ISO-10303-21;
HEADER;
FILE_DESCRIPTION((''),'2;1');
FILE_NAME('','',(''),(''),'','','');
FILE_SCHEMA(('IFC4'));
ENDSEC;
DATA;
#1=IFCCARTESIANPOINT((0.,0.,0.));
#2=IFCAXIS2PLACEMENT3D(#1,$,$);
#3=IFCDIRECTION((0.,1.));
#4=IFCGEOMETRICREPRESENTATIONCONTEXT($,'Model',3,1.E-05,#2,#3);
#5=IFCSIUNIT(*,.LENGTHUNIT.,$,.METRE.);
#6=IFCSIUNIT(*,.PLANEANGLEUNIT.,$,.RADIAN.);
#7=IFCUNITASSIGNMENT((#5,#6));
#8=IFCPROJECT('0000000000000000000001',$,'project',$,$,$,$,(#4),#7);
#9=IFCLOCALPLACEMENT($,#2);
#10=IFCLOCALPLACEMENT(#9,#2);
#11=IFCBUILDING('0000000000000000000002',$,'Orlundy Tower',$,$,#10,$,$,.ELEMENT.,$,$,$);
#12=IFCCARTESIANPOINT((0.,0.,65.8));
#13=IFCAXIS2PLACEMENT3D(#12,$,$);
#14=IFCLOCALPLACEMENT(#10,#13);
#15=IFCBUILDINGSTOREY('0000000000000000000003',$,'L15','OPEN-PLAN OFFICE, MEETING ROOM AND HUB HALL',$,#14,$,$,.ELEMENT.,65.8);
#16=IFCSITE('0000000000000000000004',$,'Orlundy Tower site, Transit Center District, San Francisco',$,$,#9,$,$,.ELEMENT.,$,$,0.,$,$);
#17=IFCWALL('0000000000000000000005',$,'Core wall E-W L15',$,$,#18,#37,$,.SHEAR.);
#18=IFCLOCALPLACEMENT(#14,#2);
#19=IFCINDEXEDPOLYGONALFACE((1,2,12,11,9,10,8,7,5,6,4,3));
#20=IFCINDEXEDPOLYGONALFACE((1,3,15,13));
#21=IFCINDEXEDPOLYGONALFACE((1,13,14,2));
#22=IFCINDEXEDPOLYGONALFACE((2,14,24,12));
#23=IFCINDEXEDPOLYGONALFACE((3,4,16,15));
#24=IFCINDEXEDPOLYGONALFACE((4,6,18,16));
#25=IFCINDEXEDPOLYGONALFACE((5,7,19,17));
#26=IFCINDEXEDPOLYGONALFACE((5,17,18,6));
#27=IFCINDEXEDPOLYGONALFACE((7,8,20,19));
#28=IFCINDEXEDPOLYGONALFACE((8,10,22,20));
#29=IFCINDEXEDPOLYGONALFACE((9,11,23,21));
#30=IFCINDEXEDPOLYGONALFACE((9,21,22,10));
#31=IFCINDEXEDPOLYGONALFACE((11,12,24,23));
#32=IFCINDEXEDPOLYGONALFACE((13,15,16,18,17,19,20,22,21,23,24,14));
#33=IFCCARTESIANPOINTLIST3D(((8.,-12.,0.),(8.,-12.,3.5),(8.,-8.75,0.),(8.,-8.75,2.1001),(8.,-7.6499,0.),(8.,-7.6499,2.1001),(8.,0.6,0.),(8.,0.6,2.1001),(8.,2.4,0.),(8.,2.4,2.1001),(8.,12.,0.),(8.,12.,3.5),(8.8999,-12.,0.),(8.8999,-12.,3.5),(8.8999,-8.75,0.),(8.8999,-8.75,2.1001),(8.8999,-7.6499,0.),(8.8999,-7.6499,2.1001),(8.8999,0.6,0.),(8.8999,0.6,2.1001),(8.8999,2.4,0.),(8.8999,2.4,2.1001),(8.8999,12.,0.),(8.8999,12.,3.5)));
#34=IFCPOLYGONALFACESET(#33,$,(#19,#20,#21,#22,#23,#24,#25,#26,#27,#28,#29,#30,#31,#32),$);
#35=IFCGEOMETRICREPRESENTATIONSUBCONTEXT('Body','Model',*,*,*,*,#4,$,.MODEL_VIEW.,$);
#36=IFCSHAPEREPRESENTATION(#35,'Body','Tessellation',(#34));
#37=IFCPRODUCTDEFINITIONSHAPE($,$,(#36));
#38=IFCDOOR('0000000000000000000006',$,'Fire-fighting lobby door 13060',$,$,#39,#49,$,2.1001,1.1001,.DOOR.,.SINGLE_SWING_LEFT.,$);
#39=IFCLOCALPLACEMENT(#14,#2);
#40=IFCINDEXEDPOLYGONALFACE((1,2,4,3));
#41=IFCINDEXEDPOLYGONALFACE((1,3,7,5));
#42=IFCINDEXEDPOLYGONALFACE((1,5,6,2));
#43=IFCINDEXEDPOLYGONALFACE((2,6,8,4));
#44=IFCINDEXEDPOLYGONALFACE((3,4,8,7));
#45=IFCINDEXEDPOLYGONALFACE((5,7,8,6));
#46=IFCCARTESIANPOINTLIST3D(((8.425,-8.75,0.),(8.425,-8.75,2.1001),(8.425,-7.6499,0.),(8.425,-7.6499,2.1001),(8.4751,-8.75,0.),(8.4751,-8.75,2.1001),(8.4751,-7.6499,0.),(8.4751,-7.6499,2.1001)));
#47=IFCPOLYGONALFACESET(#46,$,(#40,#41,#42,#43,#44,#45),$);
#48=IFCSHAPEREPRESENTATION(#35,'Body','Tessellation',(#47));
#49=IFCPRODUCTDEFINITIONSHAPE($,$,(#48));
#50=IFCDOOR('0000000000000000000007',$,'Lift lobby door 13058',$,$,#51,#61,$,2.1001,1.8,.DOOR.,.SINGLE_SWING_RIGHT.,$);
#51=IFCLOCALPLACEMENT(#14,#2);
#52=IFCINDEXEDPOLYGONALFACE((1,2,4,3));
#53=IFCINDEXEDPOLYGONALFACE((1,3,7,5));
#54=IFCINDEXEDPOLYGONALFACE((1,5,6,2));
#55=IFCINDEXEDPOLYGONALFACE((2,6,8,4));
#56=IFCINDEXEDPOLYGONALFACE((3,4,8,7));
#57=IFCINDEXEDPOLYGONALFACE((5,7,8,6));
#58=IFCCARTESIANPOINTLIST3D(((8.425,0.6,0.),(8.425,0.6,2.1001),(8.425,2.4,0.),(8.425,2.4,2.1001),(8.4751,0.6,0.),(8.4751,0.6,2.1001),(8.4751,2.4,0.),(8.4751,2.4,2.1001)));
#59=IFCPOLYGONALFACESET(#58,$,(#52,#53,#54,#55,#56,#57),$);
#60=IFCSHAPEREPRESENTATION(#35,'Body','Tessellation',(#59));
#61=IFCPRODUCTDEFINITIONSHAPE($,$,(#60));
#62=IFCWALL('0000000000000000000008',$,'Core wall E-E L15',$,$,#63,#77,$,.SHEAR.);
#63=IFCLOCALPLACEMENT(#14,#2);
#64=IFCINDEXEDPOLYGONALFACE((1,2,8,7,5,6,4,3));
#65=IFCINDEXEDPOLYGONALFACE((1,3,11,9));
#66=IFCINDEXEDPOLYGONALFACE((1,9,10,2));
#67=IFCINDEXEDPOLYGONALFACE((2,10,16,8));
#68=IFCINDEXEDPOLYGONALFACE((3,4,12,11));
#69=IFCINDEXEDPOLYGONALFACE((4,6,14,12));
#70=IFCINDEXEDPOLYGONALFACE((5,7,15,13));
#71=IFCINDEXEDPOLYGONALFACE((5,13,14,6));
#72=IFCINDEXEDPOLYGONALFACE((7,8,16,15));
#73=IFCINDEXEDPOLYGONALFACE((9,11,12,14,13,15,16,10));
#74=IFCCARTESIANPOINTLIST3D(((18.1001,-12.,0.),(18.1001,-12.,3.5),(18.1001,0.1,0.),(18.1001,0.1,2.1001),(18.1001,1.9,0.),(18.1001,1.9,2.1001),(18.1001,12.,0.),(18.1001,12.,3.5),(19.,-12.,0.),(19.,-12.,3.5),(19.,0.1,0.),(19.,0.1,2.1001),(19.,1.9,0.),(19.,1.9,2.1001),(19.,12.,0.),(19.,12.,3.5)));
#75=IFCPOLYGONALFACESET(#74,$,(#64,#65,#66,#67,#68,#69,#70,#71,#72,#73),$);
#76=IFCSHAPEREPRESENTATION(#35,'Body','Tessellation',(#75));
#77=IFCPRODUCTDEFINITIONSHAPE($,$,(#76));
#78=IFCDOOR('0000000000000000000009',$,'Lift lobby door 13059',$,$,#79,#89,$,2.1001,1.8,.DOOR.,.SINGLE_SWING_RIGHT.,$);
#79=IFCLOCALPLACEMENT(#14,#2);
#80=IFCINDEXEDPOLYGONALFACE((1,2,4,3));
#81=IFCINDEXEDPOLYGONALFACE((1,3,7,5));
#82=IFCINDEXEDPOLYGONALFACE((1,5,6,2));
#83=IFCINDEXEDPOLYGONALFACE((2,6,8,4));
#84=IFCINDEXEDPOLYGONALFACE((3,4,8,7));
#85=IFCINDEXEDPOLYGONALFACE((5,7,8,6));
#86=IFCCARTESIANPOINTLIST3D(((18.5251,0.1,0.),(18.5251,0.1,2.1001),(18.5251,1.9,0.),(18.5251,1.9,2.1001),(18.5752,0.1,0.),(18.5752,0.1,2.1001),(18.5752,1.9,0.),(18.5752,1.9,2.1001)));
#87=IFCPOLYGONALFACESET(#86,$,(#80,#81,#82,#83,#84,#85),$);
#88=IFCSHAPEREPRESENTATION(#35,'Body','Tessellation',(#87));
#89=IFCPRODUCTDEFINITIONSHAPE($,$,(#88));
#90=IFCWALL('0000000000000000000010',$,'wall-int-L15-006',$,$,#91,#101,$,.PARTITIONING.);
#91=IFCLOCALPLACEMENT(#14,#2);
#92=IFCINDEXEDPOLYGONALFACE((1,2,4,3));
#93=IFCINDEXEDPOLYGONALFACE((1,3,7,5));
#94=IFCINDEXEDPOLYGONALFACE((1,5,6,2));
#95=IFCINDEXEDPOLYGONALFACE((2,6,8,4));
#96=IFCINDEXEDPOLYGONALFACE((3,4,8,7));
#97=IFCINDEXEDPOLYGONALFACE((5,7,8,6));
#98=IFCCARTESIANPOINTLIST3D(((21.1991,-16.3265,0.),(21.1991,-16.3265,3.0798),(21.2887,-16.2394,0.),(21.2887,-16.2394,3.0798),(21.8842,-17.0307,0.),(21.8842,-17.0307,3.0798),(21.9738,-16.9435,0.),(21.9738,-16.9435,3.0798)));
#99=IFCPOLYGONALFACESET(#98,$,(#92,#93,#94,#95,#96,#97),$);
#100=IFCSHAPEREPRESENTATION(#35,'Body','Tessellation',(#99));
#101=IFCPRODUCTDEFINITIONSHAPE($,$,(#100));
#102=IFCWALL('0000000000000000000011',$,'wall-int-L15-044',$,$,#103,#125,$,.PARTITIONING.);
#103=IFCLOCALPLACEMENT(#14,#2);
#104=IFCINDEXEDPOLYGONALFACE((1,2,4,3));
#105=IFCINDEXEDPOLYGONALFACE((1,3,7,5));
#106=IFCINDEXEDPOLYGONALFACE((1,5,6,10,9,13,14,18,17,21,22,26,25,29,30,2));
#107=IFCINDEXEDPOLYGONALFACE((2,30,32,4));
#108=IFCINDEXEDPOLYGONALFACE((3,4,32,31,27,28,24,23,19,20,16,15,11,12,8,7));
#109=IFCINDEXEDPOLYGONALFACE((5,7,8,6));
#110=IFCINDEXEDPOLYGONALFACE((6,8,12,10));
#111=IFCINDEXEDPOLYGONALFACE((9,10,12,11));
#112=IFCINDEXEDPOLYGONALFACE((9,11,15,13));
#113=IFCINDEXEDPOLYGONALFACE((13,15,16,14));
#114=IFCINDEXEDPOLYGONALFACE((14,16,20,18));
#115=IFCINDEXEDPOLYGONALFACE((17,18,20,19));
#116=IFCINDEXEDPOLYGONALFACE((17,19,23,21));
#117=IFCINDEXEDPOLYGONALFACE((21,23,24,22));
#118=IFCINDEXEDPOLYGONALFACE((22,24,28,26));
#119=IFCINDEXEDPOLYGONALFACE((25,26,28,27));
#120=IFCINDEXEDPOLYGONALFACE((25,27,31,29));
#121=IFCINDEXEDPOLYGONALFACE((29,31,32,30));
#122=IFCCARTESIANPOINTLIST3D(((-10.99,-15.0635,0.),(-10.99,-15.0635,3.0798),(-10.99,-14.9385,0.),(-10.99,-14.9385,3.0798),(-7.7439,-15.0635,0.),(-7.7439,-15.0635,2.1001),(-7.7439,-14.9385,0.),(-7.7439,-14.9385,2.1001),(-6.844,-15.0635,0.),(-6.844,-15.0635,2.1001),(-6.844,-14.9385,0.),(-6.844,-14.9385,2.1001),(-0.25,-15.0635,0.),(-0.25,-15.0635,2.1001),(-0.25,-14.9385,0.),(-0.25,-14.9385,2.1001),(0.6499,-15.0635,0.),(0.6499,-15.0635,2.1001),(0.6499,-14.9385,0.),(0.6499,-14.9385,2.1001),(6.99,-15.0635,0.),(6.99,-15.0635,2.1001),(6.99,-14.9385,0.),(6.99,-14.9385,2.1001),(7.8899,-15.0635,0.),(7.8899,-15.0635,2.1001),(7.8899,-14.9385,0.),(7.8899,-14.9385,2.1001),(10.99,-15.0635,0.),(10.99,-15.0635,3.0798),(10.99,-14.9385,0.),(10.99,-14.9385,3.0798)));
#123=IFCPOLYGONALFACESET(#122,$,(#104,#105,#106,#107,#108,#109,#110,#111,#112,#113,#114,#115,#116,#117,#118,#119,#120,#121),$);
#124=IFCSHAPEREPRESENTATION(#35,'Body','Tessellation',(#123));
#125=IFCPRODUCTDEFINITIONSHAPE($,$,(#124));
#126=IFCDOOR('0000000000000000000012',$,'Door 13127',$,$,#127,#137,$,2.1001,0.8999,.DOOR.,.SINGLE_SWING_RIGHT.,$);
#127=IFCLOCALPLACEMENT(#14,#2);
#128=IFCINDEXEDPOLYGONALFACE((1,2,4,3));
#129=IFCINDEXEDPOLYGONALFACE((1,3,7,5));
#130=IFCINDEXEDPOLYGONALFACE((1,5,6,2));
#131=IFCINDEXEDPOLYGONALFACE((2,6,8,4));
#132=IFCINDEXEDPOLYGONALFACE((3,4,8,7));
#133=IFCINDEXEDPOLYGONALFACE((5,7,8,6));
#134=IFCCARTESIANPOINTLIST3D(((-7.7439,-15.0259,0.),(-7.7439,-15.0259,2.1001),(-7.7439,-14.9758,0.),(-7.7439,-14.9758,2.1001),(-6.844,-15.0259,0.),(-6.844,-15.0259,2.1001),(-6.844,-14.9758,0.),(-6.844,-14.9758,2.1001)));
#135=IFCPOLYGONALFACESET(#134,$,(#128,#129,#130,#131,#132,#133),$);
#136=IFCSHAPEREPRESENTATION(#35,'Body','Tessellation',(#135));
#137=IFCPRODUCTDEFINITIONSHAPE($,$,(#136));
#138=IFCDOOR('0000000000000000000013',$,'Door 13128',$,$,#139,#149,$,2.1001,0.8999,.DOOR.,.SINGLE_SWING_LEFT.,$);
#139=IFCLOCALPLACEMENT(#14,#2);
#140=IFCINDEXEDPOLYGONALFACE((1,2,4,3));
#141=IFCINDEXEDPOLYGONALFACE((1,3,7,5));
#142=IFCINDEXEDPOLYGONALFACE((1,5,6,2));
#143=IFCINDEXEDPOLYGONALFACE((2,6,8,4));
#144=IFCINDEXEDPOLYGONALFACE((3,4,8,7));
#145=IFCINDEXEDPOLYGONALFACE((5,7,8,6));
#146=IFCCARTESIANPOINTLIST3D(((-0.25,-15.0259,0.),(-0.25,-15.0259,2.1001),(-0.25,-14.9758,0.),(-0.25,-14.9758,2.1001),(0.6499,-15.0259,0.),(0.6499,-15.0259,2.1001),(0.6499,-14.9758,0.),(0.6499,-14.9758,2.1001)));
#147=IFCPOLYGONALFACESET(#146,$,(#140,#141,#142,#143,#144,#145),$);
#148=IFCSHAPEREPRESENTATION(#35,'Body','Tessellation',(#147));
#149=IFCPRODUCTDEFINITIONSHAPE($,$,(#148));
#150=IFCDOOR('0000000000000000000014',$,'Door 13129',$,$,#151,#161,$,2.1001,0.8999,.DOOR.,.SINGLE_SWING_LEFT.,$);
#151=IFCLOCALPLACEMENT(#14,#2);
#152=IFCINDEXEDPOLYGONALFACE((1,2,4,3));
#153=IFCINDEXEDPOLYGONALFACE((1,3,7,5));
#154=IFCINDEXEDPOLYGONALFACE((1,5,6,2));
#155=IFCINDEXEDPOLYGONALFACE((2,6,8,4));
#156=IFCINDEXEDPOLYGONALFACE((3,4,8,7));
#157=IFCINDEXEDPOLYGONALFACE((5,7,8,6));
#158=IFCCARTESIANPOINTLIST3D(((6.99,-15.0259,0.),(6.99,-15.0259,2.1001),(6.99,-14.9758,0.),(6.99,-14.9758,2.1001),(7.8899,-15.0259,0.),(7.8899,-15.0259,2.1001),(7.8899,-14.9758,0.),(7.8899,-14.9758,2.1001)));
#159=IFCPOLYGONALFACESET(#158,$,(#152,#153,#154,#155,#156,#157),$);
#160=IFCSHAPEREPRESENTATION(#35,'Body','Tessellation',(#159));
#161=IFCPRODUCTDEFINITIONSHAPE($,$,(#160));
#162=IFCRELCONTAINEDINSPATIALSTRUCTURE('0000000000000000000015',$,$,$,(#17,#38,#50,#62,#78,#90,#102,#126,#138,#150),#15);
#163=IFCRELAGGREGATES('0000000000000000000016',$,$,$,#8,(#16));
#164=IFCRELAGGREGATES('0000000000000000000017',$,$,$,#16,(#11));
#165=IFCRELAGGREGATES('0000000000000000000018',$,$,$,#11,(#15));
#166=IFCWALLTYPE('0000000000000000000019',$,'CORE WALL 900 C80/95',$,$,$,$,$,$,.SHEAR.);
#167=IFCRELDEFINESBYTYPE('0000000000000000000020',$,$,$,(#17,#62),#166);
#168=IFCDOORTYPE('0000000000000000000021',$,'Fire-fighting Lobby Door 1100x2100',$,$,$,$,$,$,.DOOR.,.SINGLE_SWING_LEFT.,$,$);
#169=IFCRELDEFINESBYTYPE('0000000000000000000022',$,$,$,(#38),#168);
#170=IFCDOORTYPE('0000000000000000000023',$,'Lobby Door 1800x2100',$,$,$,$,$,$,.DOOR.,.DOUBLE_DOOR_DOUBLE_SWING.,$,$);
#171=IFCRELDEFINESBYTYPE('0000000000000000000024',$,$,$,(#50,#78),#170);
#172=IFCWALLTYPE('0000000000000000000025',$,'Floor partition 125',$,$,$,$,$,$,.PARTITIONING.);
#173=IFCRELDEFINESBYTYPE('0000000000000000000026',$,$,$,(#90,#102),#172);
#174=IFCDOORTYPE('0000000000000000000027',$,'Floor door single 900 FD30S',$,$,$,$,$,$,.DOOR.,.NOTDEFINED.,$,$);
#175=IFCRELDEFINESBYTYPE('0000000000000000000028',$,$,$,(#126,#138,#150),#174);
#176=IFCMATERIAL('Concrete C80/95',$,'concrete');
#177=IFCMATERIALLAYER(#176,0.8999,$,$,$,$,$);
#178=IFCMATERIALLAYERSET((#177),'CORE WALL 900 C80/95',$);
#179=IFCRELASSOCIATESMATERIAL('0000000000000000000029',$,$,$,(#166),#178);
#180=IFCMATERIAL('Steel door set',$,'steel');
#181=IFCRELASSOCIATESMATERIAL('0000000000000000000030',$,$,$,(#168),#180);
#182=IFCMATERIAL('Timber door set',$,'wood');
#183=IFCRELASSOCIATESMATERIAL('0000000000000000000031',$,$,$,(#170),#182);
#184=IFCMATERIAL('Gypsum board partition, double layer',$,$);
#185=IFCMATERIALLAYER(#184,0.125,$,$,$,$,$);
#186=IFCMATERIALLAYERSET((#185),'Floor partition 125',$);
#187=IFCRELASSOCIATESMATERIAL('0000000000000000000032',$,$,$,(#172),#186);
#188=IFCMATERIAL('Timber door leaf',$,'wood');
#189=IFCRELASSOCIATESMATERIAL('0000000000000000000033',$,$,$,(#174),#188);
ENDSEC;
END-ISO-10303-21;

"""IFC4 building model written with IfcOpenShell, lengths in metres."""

from ifc_helpers import new_model, si_unit, direction, frame, frame_2d, origin, place, context, subcontext, project, spatial, rectangle, extrude, material, layer, layer_set, type_object, element, fill, save


model = new_model("IFC4")

# Units and contexts
model_context = context("Model", 3, precision=1e-05, world=origin(), true_north=direction((0.0, 1.0)))
body_context = subcontext(model_context, "Body", "Model", "MODEL_VIEW")
ifc_project = project(units=[si_unit("LENGTHUNIT", "METRE"), si_unit("PLANEANGLEUNIT", "RADIAN")], contexts=[model_context])

# Site, building, storey
site_placement = place(None, origin())
site = spatial("IfcSite", under=ifc_project, at=site_placement, Name="Orlundy Tower site, Transit Center District, San Francisco", CompositionType="ELEMENT", RefElevation=0.0)
building_placement = place(site_placement, origin())
building = spatial("IfcBuilding", under=site, at=building_placement, Name="Orlundy Tower", CompositionType="ELEMENT")
storey_placement = place(building_placement, frame((0.0, 0.0, 65.8)))
storey = spatial("IfcBuildingStorey", under=building, at=storey_placement, Name="L15", Description="OPEN-PLAN OFFICE, MEETING ROOM AND HUB HALL", CompositionType="ELEMENT", Elevation=65.8)

# Shared definitions
ifc_material_1 = material(Name="Concrete C80/95", Category="concrete")
ifc_layer_1 = layer(ifc_material_1, 0.8999)
ifc_layer_set_1 = layer_set([ifc_layer_1], Name="CORE WALL 900 C80/95")
wall_type_1 = type_object("IfcWallType", Name="CORE WALL 900 C80/95", PredefinedType="SHEAR", material=ifc_layer_set_1)

# Wall, openings, doors
wall_1_placement = place(storey_placement, frame((8.45, -12.0, 0.0), z_axis=(0.0, 0.0, 1.0), x_axis=(0.0, 1.0, 0.0)))
wall_1 = element("IfcWall", 1, at=wall_1_placement, inside=storey, type_object=wall_type_1, Name="Core wall E-W L15", PredefinedType="SHEAR", context=body_context, shape_type="SweptSolid", body=[
    extrude(rectangle(XDim=24.0, YDim=0.8999, at=frame_2d((12.0, 0.0))), origin(), (0.0, 0.0, 1.0), 3.5),
])
opening_1_placement = place(wall_1_placement, frame((12.6001, 0.0, 0.0)))
opening_1 = element("IfcOpeningElement", 2, at=opening_1_placement, cuts=wall_1, PredefinedType="OPENING", context=body_context, shape_type="SweptSolid", body=[
    extrude(rectangle(XDim=1.8, YDim=2.1001, at=frame_2d((0.8999, 1.05))), frame((0.0, 0.46, 0.0), z_axis=(0.0, -1.0, 0.0), x_axis=(1.0, 0.0, 0.0)), (0.0, 0.0, 1.0), 0.9199),
])
opening_2_placement = place(wall_1_placement, frame((3.25, 0.0, 0.0)))
opening_2 = element("IfcOpeningElement", 3, at=opening_2_placement, cuts=wall_1, PredefinedType="OPENING", context=body_context, shape_type="SweptSolid", body=[
    extrude(rectangle(XDim=1.1001, YDim=2.1001, at=frame_2d((0.55, 1.05))), frame((0.0, 0.46, 0.0), z_axis=(0.0, -1.0, 0.0), x_axis=(1.0, 0.0, 0.0)), (0.0, 0.0, 1.0), 0.9199),
])
ifc_material_2 = material(Name="Steel door set", Category="steel")
door_type_1 = type_object("IfcDoorType", Name="Fire-fighting Lobby Door 1100x2100", OperationType="SINGLE_SWING_LEFT", PredefinedType="DOOR", material=ifc_material_2)
door_1_placement = place(opening_2_placement, origin())
door_1 = element("IfcDoor", 4, at=door_1_placement, inside=storey, type_object=door_type_1, Name="Fire-fighting lobby door 13060", OperationType="SINGLE_SWING_LEFT", OverallHeight=2.1001, OverallWidth=1.1001, PredefinedType="DOOR", context=body_context, shape_type="SweptSolid", body=[
    extrude(rectangle(XDim=1.1001, YDim=2.1001, at=frame_2d((0.55, 1.05))), frame((0.0, 0.0249, 0.0), z_axis=(0.0, -1.0, 0.0), x_axis=(1.0, 0.0, 0.0)), (0.0, 0.0, 1.0), 0.05),
])
fill(opening_2, door_1)
ifc_material_3 = material(Name="Timber door set", Category="wood")
door_type_2 = type_object("IfcDoorType", Name="Lobby Door 1800x2100", OperationType="DOUBLE_DOOR_DOUBLE_SWING", PredefinedType="DOOR", material=ifc_material_3)
door_2_placement = place(opening_1_placement, origin())
door_2 = element("IfcDoor", 5, at=door_2_placement, inside=storey, type_object=door_type_2, Name="Lift lobby door 13058", OperationType="SINGLE_SWING_RIGHT", OverallHeight=2.1001, OverallWidth=1.8, PredefinedType="DOOR", context=body_context, shape_type="SweptSolid", body=[
    extrude(rectangle(XDim=1.8, YDim=2.1001, at=frame_2d((0.8999, 1.05))), frame((0.0, 0.0249, 0.0), z_axis=(0.0, -1.0, 0.0), x_axis=(1.0, 0.0, 0.0)), (0.0, 0.0, 1.0), 0.05),
])
fill(opening_1, door_2)

# Wall, opening, door
wall_2_placement = place(storey_placement, frame((18.55, -12.0, 0.0), z_axis=(0.0, 0.0, 1.0), x_axis=(0.0, 1.0, 0.0)))
wall_2 = element("IfcWall", 6, at=wall_2_placement, inside=storey, type_object=wall_type_1, Name="Core wall E-E L15", PredefinedType="SHEAR", context=body_context, shape_type="SweptSolid", body=[
    extrude(rectangle(XDim=24.0, YDim=0.8999, at=frame_2d((12.0, 0.0))), origin(), (0.0, 0.0, 1.0), 3.5),
])
opening_3_placement = place(wall_2_placement, frame((12.1001, 0.0, 0.0)))
opening_3 = element("IfcOpeningElement", 7, at=opening_3_placement, cuts=wall_2, PredefinedType="OPENING", context=body_context, shape_type="SweptSolid", body=[
    extrude(rectangle(XDim=1.8, YDim=2.1001, at=frame_2d((0.8999, 1.05))), frame((0.0, 0.46, 0.0), z_axis=(0.0, -1.0, 0.0), x_axis=(1.0, 0.0, 0.0)), (0.0, 0.0, 1.0), 0.9199),
])
door_3_placement = place(opening_3_placement, origin())
door_3 = element("IfcDoor", 8, at=door_3_placement, inside=storey, type_object=door_type_2, Name="Lift lobby door 13059", OperationType="SINGLE_SWING_RIGHT", OverallHeight=2.1001, OverallWidth=1.8, PredefinedType="DOOR", context=body_context, shape_type="SweptSolid", body=[
    extrude(rectangle(XDim=1.8, YDim=2.1001, at=frame_2d((0.8999, 1.05))), frame((0.0, 0.0249, 0.0), z_axis=(0.0, -1.0, 0.0), x_axis=(1.0, 0.0, 0.0)), (0.0, 0.0, 1.0), 0.05),
])
fill(opening_3, door_3)

# Wall
ifc_material_4 = material(Name="Gypsum board partition, double layer")
ifc_layer_2 = layer(ifc_material_4, 0.125)
ifc_layer_set_2 = layer_set([ifc_layer_2], Name="Floor partition 125")
wall_type_2 = type_object("IfcWallType", Name="Floor partition 125", PredefinedType="PARTITIONING", material=ifc_layer_set_2)
wall_3_placement = place(storey_placement, frame((21.2439, -16.283, 0.0), z_axis=(0.0, 0.0, 1.0), x_axis=(0.697348, -0.716733, 0.0)))
element("IfcWall", 9, at=wall_3_placement, inside=storey, type_object=wall_type_2, Name="wall-int-L15-006", PredefinedType="PARTITIONING", context=body_context, shape_type="SweptSolid", body=[
    extrude(rectangle(XDim=0.9824, YDim=0.125, at=frame_2d((0.4912, 0.0))), origin(), (0.0, 0.0, 1.0), 3.0798),
])

# Wall, openings, doors
wall_4_placement = place(storey_placement, frame((10.99, -15.001, 0.0), z_axis=(0.0, 0.0, 1.0), x_axis=(-1.0, 0.0, 0.0)))
wall_4 = element("IfcWall", 10, at=wall_4_placement, inside=storey, type_object=wall_type_2, Name="wall-int-L15-044", PredefinedType="PARTITIONING", context=body_context, shape_type="SweptSolid", body=[
    extrude(rectangle(XDim=21.98, YDim=0.125, at=frame_2d((10.99, 0.0))), origin(), (0.0, 0.0, 1.0), 3.0798),
])
opening_4_placement = place(wall_4_placement, frame((17.834, 0.0, 0.0)))
opening_4 = element("IfcOpeningElement", 11, at=opening_4_placement, cuts=wall_4, PredefinedType="OPENING", context=body_context, shape_type="SweptSolid", body=[
    extrude(rectangle(XDim=0.8999, YDim=2.1001, at=frame_2d((0.45, 1.05))), frame((0.0, 0.0725, 0.0), z_axis=(0.0, -1.0, 0.0), x_axis=(1.0, 0.0, 0.0)), (0.0, 0.0, 1.0), 0.145),
])
opening_5_placement = place(wall_4_placement, frame((10.3401, 0.0, 0.0)))
opening_5 = element("IfcOpeningElement", 12, at=opening_5_placement, cuts=wall_4, PredefinedType="OPENING", context=body_context, shape_type="SweptSolid", body=[
    extrude(rectangle(XDim=0.8999, YDim=2.1001, at=frame_2d((0.45, 1.05))), frame((0.0, 0.0725, 0.0), z_axis=(0.0, -1.0, 0.0), x_axis=(1.0, 0.0, 0.0)), (0.0, 0.0, 1.0), 0.145),
])
opening_6_placement = place(wall_4_placement, frame((3.1001, 0.0, 0.0)))
opening_6 = element("IfcOpeningElement", 13, at=opening_6_placement, cuts=wall_4, PredefinedType="OPENING", context=body_context, shape_type="SweptSolid", body=[
    extrude(rectangle(XDim=0.8999, YDim=2.1001, at=frame_2d((0.45, 1.05))), frame((0.0, 0.0725, 0.0), z_axis=(0.0, -1.0, 0.0), x_axis=(1.0, 0.0, 0.0)), (0.0, 0.0, 1.0), 0.145),
])
ifc_material_5 = material(Name="Timber door leaf", Category="wood")
door_type_3 = type_object("IfcDoorType", Name="Floor door single 900 FD30S", OperationType="NOTDEFINED", PredefinedType="DOOR", material=ifc_material_5)
door_4_placement = place(opening_4_placement, origin())
door_4 = element("IfcDoor", 14, at=door_4_placement, inside=storey, type_object=door_type_3, Name="Door 13127", OperationType="SINGLE_SWING_RIGHT", OverallHeight=2.1001, OverallWidth=0.8999, PredefinedType="DOOR", context=body_context, shape_type="SweptSolid", body=[
    extrude(rectangle(XDim=0.8999, YDim=2.1001, at=frame_2d((0.45, 1.05))), frame((0.0, 0.0249, 0.0), z_axis=(0.0, -1.0, 0.0), x_axis=(1.0, 0.0, 0.0)), (0.0, 0.0, 1.0), 0.05),
])
fill(opening_4, door_4)
door_5_placement = place(opening_5_placement, origin())
door_5 = element("IfcDoor", 15, at=door_5_placement, inside=storey, type_object=door_type_3, Name="Door 13128", OperationType="SINGLE_SWING_LEFT", OverallHeight=2.1001, OverallWidth=0.8999, PredefinedType="DOOR", context=body_context, shape_type="SweptSolid", body=[
    extrude(rectangle(XDim=0.8999, YDim=2.1001, at=frame_2d((0.45, 1.05))), frame((0.0, 0.0249, 0.0), z_axis=(0.0, -1.0, 0.0), x_axis=(1.0, 0.0, 0.0)), (0.0, 0.0, 1.0), 0.05),
])
fill(opening_5, door_5)
door_6_placement = place(opening_6_placement, origin())
door_6 = element("IfcDoor", 16, at=door_6_placement, inside=storey, type_object=door_type_3, Name="Door 13129", OperationType="SINGLE_SWING_LEFT", OverallHeight=2.1001, OverallWidth=0.8999, PredefinedType="DOOR", context=body_context, shape_type="SweptSolid", body=[
    extrude(rectangle(XDim=0.8999, YDim=2.1001, at=frame_2d((0.45, 1.05))), frame((0.0, 0.0249, 0.0), z_axis=(0.0, -1.0, 0.0), x_axis=(1.0, 0.0, 0.0)), (0.0, 0.0, 1.0), 0.05),
])
fill(opening_6, door_6)

save(model, "model.ifc")
